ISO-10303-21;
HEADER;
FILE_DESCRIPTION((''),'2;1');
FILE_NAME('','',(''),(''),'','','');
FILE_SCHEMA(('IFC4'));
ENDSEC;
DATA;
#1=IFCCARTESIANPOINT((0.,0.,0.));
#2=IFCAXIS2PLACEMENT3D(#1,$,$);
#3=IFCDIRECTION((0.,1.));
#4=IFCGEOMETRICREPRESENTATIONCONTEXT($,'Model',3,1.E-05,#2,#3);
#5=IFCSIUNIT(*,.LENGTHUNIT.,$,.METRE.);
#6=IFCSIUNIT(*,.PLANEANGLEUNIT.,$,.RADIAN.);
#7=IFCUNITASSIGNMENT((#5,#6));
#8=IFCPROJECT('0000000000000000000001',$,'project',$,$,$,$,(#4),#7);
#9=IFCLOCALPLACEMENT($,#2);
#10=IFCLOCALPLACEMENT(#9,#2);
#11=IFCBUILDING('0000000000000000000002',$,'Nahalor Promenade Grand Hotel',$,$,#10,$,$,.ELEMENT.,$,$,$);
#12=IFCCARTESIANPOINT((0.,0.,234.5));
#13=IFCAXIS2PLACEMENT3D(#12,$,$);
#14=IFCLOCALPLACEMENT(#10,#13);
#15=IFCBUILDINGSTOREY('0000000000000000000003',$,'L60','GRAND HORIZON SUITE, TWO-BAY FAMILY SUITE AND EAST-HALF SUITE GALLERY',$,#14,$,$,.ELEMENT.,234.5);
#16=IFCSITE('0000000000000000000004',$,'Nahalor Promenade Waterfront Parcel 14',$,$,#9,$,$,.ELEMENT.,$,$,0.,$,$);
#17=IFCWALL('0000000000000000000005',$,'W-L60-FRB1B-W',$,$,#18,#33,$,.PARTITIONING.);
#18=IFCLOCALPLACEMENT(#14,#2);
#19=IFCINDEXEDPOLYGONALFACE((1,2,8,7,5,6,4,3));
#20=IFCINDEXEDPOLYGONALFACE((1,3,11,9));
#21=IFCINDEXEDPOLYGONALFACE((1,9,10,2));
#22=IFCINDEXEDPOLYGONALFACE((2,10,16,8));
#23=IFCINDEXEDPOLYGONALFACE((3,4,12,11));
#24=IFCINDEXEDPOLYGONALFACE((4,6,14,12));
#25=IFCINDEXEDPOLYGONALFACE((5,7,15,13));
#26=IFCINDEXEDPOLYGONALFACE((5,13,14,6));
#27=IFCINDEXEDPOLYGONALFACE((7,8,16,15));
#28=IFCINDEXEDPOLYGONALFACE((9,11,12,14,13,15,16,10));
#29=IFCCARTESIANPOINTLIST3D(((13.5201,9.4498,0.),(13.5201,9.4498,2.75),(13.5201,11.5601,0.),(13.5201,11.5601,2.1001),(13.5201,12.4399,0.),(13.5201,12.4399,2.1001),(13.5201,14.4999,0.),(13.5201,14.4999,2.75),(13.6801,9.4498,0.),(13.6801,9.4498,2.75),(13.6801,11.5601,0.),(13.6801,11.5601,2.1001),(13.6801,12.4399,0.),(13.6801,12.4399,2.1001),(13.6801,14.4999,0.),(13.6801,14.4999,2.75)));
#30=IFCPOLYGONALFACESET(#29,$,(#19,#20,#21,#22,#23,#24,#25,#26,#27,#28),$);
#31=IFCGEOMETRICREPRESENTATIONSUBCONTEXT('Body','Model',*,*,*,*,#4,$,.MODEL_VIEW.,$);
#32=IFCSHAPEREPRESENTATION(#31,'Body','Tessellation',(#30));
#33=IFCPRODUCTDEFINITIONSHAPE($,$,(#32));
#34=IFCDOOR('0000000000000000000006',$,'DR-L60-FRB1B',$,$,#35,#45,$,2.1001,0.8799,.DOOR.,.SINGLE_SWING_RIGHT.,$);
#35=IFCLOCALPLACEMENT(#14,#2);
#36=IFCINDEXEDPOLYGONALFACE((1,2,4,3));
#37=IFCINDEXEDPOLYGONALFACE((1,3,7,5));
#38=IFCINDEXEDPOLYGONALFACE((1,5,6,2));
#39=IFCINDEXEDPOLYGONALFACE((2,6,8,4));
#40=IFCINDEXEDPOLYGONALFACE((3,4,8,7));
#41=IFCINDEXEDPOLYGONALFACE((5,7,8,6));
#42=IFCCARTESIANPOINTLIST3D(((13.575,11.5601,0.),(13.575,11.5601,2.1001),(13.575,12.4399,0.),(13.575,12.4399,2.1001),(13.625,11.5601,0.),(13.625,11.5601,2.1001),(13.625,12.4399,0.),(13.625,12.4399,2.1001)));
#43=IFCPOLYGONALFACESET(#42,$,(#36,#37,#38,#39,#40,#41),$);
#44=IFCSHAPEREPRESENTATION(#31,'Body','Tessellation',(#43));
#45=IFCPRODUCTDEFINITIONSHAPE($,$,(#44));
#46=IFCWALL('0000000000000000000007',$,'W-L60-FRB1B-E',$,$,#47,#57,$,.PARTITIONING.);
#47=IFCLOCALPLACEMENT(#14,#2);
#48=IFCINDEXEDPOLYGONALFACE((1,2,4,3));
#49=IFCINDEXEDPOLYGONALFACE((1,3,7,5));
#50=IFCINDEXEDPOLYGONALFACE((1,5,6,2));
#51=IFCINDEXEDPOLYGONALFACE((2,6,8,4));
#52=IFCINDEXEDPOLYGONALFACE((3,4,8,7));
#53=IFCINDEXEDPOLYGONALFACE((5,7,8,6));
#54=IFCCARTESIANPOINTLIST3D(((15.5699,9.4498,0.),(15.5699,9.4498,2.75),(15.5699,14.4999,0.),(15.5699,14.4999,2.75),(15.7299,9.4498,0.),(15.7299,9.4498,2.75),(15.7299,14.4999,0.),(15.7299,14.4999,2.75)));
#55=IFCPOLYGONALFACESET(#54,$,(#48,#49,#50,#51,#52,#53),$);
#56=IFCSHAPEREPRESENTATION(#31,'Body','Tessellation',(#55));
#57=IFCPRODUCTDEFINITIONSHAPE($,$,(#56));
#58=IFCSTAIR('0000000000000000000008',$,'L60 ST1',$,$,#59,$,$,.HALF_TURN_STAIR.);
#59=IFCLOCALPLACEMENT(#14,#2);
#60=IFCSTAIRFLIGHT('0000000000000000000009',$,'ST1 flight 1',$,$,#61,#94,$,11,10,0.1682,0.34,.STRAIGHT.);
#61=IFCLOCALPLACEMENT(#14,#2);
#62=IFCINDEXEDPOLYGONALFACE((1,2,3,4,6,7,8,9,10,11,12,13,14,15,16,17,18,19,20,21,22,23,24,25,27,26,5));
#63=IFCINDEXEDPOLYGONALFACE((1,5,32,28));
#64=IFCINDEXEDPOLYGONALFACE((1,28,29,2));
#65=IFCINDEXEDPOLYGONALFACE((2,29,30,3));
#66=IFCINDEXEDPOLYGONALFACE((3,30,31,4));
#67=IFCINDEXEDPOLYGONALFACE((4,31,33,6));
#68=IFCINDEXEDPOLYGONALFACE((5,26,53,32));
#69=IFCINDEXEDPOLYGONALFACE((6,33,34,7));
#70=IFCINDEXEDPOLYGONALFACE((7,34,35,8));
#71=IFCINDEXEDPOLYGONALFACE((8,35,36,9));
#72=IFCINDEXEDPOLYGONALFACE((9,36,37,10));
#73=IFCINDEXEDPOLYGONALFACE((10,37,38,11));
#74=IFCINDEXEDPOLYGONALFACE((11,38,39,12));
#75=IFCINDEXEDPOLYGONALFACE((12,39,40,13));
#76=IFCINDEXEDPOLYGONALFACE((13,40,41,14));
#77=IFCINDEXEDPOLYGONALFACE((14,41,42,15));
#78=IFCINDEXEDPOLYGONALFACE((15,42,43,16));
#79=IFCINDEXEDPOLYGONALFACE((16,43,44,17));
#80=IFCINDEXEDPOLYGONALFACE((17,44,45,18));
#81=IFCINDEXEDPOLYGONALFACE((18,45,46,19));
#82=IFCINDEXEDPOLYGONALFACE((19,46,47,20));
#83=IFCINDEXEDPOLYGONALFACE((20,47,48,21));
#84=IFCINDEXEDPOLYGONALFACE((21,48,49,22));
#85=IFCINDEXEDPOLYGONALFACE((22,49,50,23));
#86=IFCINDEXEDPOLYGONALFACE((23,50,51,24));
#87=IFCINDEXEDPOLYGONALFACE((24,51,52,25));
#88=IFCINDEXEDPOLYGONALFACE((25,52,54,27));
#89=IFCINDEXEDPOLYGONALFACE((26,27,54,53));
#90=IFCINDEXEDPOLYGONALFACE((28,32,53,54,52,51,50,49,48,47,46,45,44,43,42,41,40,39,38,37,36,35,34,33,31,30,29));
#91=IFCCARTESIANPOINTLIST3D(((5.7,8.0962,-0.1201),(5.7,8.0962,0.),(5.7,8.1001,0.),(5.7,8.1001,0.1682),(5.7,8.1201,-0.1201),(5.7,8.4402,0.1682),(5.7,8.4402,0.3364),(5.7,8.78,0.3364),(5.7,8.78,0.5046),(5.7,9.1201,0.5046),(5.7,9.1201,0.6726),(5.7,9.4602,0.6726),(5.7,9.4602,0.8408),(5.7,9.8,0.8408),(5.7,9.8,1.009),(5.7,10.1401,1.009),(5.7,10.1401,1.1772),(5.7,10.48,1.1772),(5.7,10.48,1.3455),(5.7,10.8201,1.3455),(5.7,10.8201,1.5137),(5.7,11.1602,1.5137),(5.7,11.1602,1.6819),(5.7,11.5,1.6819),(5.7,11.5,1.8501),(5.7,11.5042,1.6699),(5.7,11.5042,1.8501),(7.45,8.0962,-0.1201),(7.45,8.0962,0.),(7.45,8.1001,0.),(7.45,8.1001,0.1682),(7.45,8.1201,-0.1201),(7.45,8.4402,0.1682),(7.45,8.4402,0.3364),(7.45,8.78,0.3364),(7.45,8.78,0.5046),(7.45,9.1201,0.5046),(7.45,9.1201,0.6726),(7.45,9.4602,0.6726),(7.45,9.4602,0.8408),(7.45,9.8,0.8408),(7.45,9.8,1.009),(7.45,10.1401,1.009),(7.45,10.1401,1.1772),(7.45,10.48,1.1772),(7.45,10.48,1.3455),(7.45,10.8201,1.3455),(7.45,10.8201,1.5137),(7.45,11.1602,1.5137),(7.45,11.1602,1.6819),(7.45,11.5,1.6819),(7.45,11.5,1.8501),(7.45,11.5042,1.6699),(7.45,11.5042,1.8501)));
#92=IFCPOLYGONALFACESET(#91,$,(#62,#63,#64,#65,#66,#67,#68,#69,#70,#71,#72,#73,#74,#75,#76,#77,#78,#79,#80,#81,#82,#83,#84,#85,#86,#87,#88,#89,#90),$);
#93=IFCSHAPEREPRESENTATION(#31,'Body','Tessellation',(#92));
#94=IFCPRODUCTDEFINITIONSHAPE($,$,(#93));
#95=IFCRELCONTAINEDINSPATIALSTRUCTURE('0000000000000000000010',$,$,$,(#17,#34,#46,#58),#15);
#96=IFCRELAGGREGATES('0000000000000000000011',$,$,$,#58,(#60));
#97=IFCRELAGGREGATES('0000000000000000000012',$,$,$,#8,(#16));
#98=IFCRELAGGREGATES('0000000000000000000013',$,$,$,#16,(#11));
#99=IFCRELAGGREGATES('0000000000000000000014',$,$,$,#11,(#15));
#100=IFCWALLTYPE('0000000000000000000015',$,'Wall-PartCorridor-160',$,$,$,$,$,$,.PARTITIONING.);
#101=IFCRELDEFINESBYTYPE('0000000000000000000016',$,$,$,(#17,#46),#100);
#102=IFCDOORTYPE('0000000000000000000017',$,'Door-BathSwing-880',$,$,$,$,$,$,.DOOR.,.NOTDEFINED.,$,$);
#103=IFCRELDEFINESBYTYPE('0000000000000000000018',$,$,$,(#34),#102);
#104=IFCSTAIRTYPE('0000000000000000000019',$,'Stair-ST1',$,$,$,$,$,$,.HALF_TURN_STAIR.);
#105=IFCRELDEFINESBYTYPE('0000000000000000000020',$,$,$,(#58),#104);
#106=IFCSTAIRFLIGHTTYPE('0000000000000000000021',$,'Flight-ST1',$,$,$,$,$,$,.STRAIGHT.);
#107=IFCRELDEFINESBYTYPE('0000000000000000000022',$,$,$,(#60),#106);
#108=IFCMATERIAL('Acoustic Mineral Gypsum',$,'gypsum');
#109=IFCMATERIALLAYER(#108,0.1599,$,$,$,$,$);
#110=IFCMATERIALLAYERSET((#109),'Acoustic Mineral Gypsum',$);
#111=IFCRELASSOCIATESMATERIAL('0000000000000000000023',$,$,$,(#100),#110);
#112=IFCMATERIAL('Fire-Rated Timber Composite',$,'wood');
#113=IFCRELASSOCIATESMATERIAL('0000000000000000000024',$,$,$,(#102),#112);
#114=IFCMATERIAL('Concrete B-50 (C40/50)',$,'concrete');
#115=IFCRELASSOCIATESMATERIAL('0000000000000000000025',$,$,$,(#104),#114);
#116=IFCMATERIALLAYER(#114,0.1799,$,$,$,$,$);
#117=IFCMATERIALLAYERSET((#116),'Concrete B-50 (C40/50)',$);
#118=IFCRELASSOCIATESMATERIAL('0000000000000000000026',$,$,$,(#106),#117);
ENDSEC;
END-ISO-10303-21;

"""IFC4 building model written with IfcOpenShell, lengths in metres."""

from ifc_helpers import new_model, si_unit, direction, frame, frame_2d, origin, place, context, subcontext, project, spatial, polyline, rectangle, outline, extrude, source, transform, mapped, material, layer, layer_set, type_object, element, fill, aggregate, save


model = new_model("IFC4")

# Units and contexts
model_context = context("Model", 3, precision=1e-05, world=origin(), true_north=direction((0.0, 1.0)))
body_context = subcontext(model_context, "Body", "Model", "MODEL_VIEW")
ifc_project = project(units=[si_unit("LENGTHUNIT", "METRE"), si_unit("PLANEANGLEUNIT", "RADIAN")], contexts=[model_context])

# Site, building, storey
site_placement = place(None, origin())
site = spatial("IfcSite", under=ifc_project, at=site_placement, Name="Nahalor Promenade Waterfront Parcel 14", CompositionType="ELEMENT", RefElevation=0.0)
building_placement = place(site_placement, origin())
building = spatial("IfcBuilding", under=site, at=building_placement, Name="Nahalor Promenade Grand Hotel", CompositionType="ELEMENT")
storey_placement = place(building_placement, frame((0.0, 0.0, 234.5)))
storey = spatial("IfcBuildingStorey", under=building, at=storey_placement, Name="L60", Description="GRAND HORIZON SUITE, TWO-BAY FAMILY SUITE AND EAST-HALF SUITE GALLERY", CompositionType="ELEMENT", Elevation=234.5)

# Shared definitions
ifc_material_1 = material(Name="Concrete B-50 (C40/50)", Category="concrete")

# Shared definitions
ifc_material_2 = material(Name="Acoustic Mineral Gypsum", Category="gypsum")
ifc_layer_1 = layer(ifc_material_2, 0.1599)
ifc_layer_set_1 = layer_set([ifc_layer_1], Name="Acoustic Mineral Gypsum")
wall_type_1 = type_object("IfcWallType", Name="Wall-PartCorridor-160", PredefinedType="PARTITIONING", material=ifc_layer_set_1)

# Shared definitions
ifc_material_3 = material(Name="Fire-Rated Timber Composite", Category="wood")
door_type_1 = type_object("IfcDoorType", Name="Door-BathSwing-880", OperationType="NOTDEFINED", PredefinedType="DOOR", material=ifc_material_3)
shared_shape_1 = source(origin(), body_context, "Body", "SweptSolid", [
    extrude(rectangle(XDim=0.8799, YDim=2.1001, at=frame_2d((0.4399, 1.05))), frame((0.0, 0.0249, 0.0), z_axis=(0.0, -1.0, 0.0), x_axis=(1.0, 0.0, 0.0)), (0.0, 0.0, 1.0), 0.05),
])

# Wall, opening, door
shared_shape_2 = source(origin(), body_context, "Body", "SweptSolid", [
    extrude(rectangle(XDim=5.05, YDim=0.1599, at=frame_2d((2.5249, 0.0))), origin(), (0.0, 0.0, 1.0), 2.75),
])
wall_1_placement = place(storey_placement, frame((13.6001, 9.45, 0.0), z_axis=(0.0, 0.0, 1.0), x_axis=(0.0, 1.0, 0.0)))
wall_1 = element("IfcWall", 1, at=wall_1_placement, inside=storey, type_object=wall_type_1, Name="W-L60-FRB1B-W", PredefinedType="PARTITIONING", context=body_context, shape_type="MappedRepresentation", body=[
    mapped(shared_shape_2, transform((0.0, 0.0, 0.0), scale=1.0)),
])
opening_1_placement = place(wall_1_placement, frame((2.1101, 0.0, 0.0)))
opening_1 = element("IfcOpeningElement", 2, at=opening_1_placement, cuts=wall_1, PredefinedType="OPENING", context=body_context, shape_type="SweptSolid", body=[
    extrude(rectangle(XDim=0.8799, YDim=2.1001, at=frame_2d((0.4399, 1.05))), frame((0.0, 0.0898, 0.0), z_axis=(0.0, -1.0, 0.0), x_axis=(1.0, 0.0, 0.0)), (0.0, 0.0, 1.0), 0.1799),
])
door_1_placement = place(opening_1_placement, frame((0.8799, 0.0, 0.0), z_axis=(0.0, 0.0, 1.0), x_axis=(-1.0, 0.0, 0.0)))
door_1 = element("IfcDoor", 3, at=door_1_placement, inside=storey, type_object=door_type_1, Name="DR-L60-FRB1B", OperationType="SINGLE_SWING_RIGHT", OverallHeight=2.1001, OverallWidth=0.8799, PredefinedType="DOOR", context=body_context, shape_type="MappedRepresentation", body=[
    mapped(shared_shape_1, transform((0.0, 0.0, 0.0), scale=1.0)),
])
fill(opening_1, door_1)

# Wall
wall_2_placement = place(storey_placement, frame((15.6499, 9.45, 0.0), z_axis=(0.0, 0.0, 1.0), x_axis=(0.0, 1.0, 0.0)))
element("IfcWall", 4, at=wall_2_placement, inside=storey, type_object=wall_type_1, Name="W-L60-FRB1B-E", PredefinedType="PARTITIONING", context=body_context, shape_type="MappedRepresentation", body=[
    mapped(shared_shape_2, transform((0.0, 0.0, 0.0), scale=1.0)),
])

# Stair, stair flight
stair_type = type_object("IfcStairType", Name="Stair-ST1", PredefinedType="HALF_TURN_STAIR", material=ifc_material_1)
stair_placement = place(storey_placement, origin())
stair = element("IfcStair", 5, at=stair_placement, inside=storey, type_object=stair_type, Name="L60 ST1", PredefinedType="HALF_TURN_STAIR")
ifc_layer_2 = layer(ifc_material_1, 0.1799)
ifc_layer_set_2 = layer_set([ifc_layer_2], Name="Concrete B-50 (C40/50)")
stair_flight_type = type_object("IfcStairFlightType", Name="Flight-ST1", PredefinedType="STRAIGHT", material=ifc_layer_set_2)
shared_shape_3 = source(origin(), body_context, "Body", "SweptSolid", [
    extrude(outline(polyline([(-0.0039, -0.1201), (-0.0039, 0.0), (0.0, 0.0), (0.0, 0.1682), (0.3401, 0.1682), (0.3401, 0.3364), (0.6799, 0.3364), (0.6799, 0.5046), (1.02, 0.5046), (1.02, 0.6726), (1.3601, 0.6726), (1.3601, 0.8408), (1.7, 0.8408), (1.7, 1.009), (2.04, 1.009), (2.04, 1.1772), (2.3799, 1.1772), (2.3799, 1.3455), (2.72, 1.3455), (2.72, 1.5137), (3.0601, 1.5137), (3.0601, 1.6819), (3.3999, 1.6819), (3.3999, 1.8501), (3.4041, 1.8501), (3.4041, 1.6699), (0.02, -0.1201), (-0.0039, -0.1201)])), frame((0.0, 0.875, 0.0), z_axis=(0.0, -1.0, 0.0), x_axis=(1.0, 0.0, 0.0)), (0.0, 0.0, 1.0), 1.75),
])
stair_flight_placement = place(storey_placement, frame((6.575, 8.1001, 0.0), z_axis=(0.0, 0.0, 1.0), x_axis=(0.0, 1.0, 0.0)))
stair_flight = element("IfcStairFlight", 6, at=stair_flight_placement, type_object=stair_flight_type, Name="ST1 flight 1", NumberOfRisers=11, NumberOfTreads=10, PredefinedType="STRAIGHT", RiserHeight=0.1682, TreadLength=0.34, context=body_context, shape_type="MappedRepresentation", body=[
    mapped(shared_shape_3, transform((0.0, 0.0, 0.0), scale=1.0)),
])
aggregate(stair, [stair_flight])

save(model, "model.ifc")
